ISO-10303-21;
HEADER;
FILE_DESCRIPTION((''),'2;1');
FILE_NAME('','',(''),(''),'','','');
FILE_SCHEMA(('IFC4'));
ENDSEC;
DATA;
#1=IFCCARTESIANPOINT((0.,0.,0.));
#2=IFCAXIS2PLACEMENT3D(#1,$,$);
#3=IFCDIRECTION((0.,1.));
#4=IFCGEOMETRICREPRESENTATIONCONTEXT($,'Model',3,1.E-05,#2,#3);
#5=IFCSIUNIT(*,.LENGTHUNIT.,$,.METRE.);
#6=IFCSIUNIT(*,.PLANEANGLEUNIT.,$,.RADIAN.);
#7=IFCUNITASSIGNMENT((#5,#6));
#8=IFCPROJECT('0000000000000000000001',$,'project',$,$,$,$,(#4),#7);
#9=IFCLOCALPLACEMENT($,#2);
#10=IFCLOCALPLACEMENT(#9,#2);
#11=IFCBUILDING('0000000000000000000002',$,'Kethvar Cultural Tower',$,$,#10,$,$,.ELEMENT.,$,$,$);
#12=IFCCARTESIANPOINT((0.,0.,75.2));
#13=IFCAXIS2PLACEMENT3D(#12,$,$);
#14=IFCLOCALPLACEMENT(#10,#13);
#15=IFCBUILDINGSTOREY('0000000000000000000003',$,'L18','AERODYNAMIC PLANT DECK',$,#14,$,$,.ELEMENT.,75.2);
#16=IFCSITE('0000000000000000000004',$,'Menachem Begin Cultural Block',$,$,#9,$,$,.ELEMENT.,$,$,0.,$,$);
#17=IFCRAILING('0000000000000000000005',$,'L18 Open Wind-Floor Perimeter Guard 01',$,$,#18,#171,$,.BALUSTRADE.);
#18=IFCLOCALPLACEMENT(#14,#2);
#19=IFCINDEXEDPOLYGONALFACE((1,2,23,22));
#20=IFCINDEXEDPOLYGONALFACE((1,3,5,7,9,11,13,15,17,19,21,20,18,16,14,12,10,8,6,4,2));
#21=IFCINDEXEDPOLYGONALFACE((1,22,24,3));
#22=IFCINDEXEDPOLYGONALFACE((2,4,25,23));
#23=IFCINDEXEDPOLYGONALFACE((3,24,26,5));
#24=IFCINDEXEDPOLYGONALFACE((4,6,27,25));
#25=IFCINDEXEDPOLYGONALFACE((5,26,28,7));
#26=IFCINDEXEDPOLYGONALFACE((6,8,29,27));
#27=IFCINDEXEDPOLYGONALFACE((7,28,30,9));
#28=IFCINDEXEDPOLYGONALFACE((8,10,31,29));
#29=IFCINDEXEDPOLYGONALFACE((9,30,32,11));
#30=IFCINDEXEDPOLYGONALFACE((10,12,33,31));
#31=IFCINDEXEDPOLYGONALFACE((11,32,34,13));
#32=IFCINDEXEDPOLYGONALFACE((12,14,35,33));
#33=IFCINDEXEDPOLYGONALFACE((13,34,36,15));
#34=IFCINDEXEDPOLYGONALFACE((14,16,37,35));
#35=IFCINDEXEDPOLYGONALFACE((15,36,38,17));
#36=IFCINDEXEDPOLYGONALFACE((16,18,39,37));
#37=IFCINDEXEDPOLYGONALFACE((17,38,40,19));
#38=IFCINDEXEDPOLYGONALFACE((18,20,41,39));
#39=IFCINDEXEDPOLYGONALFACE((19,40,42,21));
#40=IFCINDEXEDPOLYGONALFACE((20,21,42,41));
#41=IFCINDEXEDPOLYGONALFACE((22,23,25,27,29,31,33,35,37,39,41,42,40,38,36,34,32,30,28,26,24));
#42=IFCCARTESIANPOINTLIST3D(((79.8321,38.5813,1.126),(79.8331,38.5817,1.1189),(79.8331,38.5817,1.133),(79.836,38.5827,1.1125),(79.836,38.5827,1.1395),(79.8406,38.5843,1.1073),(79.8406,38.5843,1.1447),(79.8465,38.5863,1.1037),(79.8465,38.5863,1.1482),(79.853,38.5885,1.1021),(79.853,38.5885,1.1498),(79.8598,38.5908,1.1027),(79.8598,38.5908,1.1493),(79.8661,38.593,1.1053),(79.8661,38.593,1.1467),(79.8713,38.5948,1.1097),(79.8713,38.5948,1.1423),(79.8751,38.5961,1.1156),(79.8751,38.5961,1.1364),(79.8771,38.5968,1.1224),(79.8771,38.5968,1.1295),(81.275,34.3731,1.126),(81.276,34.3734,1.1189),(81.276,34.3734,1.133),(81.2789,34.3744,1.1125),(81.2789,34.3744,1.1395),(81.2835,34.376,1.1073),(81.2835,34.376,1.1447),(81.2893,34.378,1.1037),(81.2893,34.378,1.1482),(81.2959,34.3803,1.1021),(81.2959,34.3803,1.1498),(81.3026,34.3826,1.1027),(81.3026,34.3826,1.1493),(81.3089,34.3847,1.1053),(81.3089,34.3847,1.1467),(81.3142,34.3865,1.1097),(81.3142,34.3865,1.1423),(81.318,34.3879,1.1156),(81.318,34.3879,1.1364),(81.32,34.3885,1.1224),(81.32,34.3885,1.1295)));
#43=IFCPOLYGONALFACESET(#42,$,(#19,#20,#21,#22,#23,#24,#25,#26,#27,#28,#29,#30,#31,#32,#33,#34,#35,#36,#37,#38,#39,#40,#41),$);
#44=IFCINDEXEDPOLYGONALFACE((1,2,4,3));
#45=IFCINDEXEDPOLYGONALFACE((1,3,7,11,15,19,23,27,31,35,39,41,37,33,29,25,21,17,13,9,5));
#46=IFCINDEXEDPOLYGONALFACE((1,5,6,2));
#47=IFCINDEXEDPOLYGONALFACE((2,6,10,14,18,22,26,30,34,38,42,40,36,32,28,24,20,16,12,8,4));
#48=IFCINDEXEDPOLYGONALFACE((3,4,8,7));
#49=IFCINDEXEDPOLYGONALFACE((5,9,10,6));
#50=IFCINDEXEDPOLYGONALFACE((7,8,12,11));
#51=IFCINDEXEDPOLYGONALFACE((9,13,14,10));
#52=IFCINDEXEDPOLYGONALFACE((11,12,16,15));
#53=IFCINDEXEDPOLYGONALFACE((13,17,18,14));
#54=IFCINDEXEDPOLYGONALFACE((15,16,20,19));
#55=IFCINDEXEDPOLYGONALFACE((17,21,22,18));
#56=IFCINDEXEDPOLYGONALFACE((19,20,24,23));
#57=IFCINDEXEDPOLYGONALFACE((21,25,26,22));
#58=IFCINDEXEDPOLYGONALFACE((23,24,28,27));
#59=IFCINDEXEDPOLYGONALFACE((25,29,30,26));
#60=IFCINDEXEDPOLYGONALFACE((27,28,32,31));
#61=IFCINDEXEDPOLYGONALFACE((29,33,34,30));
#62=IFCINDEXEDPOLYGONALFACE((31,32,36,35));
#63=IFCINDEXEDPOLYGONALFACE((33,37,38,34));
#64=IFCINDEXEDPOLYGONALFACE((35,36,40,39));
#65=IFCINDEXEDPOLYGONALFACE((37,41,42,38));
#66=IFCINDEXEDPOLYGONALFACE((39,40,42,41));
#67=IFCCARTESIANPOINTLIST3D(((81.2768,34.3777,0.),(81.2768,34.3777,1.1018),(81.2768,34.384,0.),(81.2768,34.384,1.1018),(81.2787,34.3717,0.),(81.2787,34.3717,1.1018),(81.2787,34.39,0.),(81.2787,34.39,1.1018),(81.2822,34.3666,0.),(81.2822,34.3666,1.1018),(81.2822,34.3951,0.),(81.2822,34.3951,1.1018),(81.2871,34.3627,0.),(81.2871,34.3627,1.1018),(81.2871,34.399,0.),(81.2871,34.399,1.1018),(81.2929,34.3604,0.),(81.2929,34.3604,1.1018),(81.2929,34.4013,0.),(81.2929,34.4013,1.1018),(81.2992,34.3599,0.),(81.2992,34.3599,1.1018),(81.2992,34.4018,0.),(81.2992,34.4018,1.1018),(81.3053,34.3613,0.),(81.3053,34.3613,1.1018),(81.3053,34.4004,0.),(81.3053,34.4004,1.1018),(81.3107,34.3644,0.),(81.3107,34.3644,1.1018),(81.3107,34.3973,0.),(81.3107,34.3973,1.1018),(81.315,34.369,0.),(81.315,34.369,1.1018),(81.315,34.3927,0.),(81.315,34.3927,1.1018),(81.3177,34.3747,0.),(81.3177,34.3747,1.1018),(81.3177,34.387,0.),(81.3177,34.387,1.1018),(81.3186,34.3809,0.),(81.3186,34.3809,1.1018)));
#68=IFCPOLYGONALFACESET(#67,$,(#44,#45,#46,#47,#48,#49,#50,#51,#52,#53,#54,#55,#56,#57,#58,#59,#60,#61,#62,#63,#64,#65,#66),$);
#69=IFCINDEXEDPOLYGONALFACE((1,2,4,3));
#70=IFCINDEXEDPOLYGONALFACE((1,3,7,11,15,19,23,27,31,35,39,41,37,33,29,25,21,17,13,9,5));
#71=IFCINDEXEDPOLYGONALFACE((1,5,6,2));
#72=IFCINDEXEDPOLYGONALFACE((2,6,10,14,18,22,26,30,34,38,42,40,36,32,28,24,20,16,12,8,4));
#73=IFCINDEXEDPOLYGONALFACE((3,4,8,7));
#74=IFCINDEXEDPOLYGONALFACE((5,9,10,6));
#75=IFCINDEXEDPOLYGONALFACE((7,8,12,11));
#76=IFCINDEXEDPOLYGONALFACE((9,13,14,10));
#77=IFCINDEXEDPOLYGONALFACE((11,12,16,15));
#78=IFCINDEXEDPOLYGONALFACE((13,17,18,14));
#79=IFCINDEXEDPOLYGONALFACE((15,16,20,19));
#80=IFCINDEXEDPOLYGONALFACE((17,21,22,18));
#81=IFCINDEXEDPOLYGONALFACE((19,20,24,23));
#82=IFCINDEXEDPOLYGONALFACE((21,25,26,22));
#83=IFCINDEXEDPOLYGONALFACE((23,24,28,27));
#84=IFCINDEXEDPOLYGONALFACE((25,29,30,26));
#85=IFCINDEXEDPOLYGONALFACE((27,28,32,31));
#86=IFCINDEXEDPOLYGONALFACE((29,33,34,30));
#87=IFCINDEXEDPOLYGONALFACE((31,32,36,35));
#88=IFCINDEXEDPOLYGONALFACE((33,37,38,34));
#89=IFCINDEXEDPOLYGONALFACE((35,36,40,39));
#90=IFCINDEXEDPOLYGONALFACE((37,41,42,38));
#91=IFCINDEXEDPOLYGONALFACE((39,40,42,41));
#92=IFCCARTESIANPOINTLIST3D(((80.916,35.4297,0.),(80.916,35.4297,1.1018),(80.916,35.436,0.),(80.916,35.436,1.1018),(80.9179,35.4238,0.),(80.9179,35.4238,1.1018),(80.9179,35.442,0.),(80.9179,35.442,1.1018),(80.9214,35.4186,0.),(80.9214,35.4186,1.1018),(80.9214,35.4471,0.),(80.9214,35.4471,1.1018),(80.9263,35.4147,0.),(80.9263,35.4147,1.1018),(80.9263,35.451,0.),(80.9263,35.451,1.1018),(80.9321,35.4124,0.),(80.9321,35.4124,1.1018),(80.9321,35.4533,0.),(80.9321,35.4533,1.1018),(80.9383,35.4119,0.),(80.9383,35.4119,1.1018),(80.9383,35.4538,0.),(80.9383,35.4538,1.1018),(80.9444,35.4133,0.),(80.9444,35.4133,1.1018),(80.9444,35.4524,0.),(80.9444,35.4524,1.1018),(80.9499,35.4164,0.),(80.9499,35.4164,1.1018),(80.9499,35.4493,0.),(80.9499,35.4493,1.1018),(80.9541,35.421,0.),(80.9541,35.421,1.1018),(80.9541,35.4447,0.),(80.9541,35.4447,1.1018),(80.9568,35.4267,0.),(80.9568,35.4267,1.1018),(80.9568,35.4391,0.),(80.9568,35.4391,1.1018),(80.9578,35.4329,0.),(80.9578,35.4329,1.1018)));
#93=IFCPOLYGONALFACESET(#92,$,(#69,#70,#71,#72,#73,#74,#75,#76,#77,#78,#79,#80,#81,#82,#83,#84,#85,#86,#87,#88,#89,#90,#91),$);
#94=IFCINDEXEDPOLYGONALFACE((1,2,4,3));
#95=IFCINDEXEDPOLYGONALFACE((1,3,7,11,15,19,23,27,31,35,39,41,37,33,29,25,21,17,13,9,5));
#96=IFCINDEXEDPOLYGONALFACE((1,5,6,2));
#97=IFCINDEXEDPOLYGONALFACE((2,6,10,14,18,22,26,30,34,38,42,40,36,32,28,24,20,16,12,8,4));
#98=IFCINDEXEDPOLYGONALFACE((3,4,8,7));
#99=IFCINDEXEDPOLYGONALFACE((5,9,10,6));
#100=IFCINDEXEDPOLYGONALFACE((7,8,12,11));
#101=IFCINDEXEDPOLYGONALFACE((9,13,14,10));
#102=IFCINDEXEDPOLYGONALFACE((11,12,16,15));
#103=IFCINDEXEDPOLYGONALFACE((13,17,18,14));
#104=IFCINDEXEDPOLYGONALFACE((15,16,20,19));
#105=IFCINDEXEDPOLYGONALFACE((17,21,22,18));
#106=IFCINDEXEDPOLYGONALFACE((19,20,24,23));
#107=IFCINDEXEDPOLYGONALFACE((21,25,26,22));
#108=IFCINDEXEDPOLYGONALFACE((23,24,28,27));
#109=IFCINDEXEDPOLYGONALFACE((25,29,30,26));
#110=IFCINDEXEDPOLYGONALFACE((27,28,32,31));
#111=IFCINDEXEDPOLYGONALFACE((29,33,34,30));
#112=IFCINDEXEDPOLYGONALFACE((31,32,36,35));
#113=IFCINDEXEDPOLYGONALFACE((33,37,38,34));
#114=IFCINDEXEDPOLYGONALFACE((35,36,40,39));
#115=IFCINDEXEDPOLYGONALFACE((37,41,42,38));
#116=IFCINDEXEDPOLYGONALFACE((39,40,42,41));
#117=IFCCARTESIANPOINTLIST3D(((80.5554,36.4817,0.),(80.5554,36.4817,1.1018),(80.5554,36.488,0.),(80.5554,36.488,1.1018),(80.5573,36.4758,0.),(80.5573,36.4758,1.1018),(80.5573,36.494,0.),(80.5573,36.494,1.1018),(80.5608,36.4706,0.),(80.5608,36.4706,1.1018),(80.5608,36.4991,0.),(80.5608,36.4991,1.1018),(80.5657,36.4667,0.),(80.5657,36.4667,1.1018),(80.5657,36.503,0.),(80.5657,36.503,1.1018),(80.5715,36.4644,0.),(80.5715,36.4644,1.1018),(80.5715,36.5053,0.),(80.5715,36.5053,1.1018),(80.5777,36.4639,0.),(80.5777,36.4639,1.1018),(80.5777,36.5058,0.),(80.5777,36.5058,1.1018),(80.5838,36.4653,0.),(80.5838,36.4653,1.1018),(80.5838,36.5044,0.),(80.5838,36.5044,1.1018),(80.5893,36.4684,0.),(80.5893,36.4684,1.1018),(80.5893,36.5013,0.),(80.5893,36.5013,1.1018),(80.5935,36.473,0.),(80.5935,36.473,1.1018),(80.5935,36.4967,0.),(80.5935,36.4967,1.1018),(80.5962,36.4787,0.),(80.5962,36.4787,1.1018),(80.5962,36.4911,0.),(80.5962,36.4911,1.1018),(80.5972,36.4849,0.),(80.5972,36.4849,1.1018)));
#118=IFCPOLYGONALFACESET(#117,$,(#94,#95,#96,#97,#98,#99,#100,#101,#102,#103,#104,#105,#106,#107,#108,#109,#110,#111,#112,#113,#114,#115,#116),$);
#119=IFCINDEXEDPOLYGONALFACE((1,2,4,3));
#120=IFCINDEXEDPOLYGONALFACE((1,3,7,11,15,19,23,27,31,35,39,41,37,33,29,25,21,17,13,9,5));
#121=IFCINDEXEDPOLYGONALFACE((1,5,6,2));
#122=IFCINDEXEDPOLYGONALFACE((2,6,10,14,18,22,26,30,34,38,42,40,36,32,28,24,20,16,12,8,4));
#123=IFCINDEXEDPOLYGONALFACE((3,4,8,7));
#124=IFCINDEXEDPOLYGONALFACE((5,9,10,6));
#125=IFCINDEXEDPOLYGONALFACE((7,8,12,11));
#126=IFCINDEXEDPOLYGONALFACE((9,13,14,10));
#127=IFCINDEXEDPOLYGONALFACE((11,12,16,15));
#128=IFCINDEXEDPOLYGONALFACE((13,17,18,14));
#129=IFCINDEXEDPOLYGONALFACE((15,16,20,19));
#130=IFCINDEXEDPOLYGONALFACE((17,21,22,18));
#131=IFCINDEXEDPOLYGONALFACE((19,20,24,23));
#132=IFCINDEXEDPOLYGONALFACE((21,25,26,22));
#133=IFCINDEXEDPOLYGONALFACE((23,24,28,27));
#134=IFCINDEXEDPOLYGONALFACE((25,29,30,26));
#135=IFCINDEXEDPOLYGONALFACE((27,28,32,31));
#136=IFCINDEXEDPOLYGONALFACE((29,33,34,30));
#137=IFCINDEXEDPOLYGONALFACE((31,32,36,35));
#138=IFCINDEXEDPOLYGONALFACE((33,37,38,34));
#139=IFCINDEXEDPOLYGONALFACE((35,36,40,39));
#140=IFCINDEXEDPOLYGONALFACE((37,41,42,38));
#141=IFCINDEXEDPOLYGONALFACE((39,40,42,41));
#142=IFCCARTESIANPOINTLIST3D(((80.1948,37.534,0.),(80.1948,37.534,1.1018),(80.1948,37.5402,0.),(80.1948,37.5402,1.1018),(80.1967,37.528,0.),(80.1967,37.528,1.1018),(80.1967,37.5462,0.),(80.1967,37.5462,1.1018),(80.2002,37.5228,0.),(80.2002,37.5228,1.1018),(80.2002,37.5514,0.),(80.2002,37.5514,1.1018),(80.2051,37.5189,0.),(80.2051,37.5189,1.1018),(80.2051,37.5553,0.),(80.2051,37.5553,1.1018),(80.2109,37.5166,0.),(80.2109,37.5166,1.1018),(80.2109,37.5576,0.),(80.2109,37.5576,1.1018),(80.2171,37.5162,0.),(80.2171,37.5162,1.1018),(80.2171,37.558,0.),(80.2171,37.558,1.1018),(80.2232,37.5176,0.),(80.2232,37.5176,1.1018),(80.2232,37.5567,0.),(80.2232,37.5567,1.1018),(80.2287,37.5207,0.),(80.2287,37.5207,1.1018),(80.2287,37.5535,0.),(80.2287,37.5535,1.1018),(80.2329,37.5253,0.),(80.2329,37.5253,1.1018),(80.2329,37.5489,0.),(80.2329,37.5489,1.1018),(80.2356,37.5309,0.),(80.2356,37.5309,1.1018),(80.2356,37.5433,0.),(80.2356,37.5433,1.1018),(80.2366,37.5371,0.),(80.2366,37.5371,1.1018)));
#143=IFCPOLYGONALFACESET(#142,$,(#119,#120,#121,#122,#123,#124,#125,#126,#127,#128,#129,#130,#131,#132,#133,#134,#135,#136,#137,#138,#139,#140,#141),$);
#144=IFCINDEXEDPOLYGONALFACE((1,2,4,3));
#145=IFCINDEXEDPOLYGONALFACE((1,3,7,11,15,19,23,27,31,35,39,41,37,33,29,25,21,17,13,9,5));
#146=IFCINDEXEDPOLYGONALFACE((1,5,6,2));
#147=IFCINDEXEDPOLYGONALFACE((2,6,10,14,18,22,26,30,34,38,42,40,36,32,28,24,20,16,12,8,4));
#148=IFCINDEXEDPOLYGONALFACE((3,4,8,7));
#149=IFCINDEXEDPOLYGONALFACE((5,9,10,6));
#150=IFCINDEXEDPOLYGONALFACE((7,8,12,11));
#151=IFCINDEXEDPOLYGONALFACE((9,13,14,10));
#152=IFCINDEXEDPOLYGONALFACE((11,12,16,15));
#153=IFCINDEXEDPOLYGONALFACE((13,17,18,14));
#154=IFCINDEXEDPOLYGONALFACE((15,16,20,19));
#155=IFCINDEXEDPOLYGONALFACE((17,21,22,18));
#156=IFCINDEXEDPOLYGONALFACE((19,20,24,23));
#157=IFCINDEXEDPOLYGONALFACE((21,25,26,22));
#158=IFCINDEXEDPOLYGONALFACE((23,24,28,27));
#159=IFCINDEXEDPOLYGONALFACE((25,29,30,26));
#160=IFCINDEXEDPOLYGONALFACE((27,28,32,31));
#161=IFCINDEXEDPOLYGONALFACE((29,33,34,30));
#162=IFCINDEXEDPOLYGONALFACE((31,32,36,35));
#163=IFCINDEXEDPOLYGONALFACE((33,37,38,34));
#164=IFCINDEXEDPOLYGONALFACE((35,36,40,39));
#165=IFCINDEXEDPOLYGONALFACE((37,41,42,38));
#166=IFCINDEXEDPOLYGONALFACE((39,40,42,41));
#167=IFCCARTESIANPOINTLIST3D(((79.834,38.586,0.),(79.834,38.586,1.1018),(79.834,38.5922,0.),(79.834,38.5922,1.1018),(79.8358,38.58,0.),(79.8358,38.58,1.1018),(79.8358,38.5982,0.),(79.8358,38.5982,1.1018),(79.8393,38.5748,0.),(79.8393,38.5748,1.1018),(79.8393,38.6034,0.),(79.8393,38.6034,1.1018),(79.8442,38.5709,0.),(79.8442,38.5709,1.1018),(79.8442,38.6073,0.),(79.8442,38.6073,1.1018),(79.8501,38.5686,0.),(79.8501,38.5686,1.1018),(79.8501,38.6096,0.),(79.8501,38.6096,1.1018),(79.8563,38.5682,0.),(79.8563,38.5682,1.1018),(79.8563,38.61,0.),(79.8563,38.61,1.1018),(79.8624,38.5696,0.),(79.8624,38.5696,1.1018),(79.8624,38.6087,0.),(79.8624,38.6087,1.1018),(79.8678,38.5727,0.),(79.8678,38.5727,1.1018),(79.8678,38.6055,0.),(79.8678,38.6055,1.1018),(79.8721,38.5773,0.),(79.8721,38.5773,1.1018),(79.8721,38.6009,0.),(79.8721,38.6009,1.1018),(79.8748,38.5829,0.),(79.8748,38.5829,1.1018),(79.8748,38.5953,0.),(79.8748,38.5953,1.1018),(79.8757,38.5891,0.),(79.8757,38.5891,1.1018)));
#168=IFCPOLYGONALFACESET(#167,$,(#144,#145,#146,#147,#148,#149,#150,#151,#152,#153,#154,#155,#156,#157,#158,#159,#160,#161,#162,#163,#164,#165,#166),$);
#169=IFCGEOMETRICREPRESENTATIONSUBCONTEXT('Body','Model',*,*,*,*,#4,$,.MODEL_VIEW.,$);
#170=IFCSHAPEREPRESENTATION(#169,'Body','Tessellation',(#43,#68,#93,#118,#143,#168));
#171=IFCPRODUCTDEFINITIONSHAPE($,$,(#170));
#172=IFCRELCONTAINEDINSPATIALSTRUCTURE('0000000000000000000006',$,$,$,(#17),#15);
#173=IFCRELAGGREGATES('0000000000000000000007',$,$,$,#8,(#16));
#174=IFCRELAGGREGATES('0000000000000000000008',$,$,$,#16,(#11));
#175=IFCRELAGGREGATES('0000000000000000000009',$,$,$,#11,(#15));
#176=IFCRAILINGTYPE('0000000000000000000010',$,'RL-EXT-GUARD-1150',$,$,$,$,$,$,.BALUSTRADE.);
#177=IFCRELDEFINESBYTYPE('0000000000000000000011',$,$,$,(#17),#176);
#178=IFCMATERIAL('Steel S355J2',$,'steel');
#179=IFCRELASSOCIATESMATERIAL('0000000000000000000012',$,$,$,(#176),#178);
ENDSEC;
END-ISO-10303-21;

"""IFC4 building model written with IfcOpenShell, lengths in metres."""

from ifc_helpers import new_model, si_unit, direction, frame, origin, origin_2d, place, context, subcontext, project, spatial, circle, extrude, material, type_object, element, save


model = new_model("IFC4")

# Units and contexts
model_context = context("Model", 3, precision=1e-05, world=origin(), true_north=direction((0.0, 1.0)))
body_context = subcontext(model_context, "Body", "Model", "MODEL_VIEW")
ifc_project = project(units=[si_unit("LENGTHUNIT", "METRE"), si_unit("PLANEANGLEUNIT", "RADIAN")], contexts=[model_context])

# Site, building, storey
site_placement = place(None, origin())
site = spatial("IfcSite", under=ifc_project, at=site_placement, Name="Menachem Begin Cultural Block", CompositionType="ELEMENT", RefElevation=0.0)
building_placement = place(site_placement, origin())
building = spatial("IfcBuilding", under=site, at=building_placement, Name="Kethvar Cultural Tower", CompositionType="ELEMENT")
storey_placement = place(building_placement, frame((0.0, 0.0, 75.2)))
storey = spatial("IfcBuildingStorey", under=building, at=storey_placement, Name="L18", Description="AERODYNAMIC PLANT DECK", CompositionType="ELEMENT", Elevation=75.2)

# Shared definitions
ifc_material_1 = material(Name="Steel S355J2", Category="steel")

# Railing
railing_type = type_object("IfcRailingType", Name="RL-EXT-GUARD-1150", PredefinedType="BALUSTRADE", material=ifc_material_1)
railing_1_placement = place(storey_placement, frame((81.2976, 34.3809, 0.0)))
element("IfcRailing", 1, at=railing_1_placement, inside=storey, type_object=railing_type, Name="L18 Open Wind-Floor Perimeter Guard 01", PredefinedType="BALUSTRADE", context=body_context, shape_type="SweptSolid", body=[
    extrude(circle(Radius=0.0239, at=origin_2d()), frame((0.0, 0.0, 1.126), z_axis=(-0.324333, 0.945943, 0.0), x_axis=(-0.945943, -0.324333, 0.0)), (0.0, 0.0, 1.0), 4.4487),
    extrude(circle(Radius=0.021, at=origin_2d()), origin(), (0.0, 0.0, 1.0), 1.1018),
    extrude(circle(Radius=0.021, at=origin_2d()), frame((-0.3608, 1.052, 0.0)), (0.0, 0.0, 1.0), 1.1018),
    extrude(circle(Radius=0.021, at=origin_2d()), frame((-0.7214, 2.104, 0.0)), (0.0, 0.0, 1.0), 1.1018),
    extrude(circle(Radius=0.021, at=origin_2d()), frame((-1.082, 3.1562, 0.0)), (0.0, 0.0, 1.0), 1.1018),
    extrude(circle(Radius=0.021, at=origin_2d()), frame((-1.4429, 4.2083, 0.0)), (0.0, 0.0, 1.0), 1.1018),
])

save(model, "model.ifc")
